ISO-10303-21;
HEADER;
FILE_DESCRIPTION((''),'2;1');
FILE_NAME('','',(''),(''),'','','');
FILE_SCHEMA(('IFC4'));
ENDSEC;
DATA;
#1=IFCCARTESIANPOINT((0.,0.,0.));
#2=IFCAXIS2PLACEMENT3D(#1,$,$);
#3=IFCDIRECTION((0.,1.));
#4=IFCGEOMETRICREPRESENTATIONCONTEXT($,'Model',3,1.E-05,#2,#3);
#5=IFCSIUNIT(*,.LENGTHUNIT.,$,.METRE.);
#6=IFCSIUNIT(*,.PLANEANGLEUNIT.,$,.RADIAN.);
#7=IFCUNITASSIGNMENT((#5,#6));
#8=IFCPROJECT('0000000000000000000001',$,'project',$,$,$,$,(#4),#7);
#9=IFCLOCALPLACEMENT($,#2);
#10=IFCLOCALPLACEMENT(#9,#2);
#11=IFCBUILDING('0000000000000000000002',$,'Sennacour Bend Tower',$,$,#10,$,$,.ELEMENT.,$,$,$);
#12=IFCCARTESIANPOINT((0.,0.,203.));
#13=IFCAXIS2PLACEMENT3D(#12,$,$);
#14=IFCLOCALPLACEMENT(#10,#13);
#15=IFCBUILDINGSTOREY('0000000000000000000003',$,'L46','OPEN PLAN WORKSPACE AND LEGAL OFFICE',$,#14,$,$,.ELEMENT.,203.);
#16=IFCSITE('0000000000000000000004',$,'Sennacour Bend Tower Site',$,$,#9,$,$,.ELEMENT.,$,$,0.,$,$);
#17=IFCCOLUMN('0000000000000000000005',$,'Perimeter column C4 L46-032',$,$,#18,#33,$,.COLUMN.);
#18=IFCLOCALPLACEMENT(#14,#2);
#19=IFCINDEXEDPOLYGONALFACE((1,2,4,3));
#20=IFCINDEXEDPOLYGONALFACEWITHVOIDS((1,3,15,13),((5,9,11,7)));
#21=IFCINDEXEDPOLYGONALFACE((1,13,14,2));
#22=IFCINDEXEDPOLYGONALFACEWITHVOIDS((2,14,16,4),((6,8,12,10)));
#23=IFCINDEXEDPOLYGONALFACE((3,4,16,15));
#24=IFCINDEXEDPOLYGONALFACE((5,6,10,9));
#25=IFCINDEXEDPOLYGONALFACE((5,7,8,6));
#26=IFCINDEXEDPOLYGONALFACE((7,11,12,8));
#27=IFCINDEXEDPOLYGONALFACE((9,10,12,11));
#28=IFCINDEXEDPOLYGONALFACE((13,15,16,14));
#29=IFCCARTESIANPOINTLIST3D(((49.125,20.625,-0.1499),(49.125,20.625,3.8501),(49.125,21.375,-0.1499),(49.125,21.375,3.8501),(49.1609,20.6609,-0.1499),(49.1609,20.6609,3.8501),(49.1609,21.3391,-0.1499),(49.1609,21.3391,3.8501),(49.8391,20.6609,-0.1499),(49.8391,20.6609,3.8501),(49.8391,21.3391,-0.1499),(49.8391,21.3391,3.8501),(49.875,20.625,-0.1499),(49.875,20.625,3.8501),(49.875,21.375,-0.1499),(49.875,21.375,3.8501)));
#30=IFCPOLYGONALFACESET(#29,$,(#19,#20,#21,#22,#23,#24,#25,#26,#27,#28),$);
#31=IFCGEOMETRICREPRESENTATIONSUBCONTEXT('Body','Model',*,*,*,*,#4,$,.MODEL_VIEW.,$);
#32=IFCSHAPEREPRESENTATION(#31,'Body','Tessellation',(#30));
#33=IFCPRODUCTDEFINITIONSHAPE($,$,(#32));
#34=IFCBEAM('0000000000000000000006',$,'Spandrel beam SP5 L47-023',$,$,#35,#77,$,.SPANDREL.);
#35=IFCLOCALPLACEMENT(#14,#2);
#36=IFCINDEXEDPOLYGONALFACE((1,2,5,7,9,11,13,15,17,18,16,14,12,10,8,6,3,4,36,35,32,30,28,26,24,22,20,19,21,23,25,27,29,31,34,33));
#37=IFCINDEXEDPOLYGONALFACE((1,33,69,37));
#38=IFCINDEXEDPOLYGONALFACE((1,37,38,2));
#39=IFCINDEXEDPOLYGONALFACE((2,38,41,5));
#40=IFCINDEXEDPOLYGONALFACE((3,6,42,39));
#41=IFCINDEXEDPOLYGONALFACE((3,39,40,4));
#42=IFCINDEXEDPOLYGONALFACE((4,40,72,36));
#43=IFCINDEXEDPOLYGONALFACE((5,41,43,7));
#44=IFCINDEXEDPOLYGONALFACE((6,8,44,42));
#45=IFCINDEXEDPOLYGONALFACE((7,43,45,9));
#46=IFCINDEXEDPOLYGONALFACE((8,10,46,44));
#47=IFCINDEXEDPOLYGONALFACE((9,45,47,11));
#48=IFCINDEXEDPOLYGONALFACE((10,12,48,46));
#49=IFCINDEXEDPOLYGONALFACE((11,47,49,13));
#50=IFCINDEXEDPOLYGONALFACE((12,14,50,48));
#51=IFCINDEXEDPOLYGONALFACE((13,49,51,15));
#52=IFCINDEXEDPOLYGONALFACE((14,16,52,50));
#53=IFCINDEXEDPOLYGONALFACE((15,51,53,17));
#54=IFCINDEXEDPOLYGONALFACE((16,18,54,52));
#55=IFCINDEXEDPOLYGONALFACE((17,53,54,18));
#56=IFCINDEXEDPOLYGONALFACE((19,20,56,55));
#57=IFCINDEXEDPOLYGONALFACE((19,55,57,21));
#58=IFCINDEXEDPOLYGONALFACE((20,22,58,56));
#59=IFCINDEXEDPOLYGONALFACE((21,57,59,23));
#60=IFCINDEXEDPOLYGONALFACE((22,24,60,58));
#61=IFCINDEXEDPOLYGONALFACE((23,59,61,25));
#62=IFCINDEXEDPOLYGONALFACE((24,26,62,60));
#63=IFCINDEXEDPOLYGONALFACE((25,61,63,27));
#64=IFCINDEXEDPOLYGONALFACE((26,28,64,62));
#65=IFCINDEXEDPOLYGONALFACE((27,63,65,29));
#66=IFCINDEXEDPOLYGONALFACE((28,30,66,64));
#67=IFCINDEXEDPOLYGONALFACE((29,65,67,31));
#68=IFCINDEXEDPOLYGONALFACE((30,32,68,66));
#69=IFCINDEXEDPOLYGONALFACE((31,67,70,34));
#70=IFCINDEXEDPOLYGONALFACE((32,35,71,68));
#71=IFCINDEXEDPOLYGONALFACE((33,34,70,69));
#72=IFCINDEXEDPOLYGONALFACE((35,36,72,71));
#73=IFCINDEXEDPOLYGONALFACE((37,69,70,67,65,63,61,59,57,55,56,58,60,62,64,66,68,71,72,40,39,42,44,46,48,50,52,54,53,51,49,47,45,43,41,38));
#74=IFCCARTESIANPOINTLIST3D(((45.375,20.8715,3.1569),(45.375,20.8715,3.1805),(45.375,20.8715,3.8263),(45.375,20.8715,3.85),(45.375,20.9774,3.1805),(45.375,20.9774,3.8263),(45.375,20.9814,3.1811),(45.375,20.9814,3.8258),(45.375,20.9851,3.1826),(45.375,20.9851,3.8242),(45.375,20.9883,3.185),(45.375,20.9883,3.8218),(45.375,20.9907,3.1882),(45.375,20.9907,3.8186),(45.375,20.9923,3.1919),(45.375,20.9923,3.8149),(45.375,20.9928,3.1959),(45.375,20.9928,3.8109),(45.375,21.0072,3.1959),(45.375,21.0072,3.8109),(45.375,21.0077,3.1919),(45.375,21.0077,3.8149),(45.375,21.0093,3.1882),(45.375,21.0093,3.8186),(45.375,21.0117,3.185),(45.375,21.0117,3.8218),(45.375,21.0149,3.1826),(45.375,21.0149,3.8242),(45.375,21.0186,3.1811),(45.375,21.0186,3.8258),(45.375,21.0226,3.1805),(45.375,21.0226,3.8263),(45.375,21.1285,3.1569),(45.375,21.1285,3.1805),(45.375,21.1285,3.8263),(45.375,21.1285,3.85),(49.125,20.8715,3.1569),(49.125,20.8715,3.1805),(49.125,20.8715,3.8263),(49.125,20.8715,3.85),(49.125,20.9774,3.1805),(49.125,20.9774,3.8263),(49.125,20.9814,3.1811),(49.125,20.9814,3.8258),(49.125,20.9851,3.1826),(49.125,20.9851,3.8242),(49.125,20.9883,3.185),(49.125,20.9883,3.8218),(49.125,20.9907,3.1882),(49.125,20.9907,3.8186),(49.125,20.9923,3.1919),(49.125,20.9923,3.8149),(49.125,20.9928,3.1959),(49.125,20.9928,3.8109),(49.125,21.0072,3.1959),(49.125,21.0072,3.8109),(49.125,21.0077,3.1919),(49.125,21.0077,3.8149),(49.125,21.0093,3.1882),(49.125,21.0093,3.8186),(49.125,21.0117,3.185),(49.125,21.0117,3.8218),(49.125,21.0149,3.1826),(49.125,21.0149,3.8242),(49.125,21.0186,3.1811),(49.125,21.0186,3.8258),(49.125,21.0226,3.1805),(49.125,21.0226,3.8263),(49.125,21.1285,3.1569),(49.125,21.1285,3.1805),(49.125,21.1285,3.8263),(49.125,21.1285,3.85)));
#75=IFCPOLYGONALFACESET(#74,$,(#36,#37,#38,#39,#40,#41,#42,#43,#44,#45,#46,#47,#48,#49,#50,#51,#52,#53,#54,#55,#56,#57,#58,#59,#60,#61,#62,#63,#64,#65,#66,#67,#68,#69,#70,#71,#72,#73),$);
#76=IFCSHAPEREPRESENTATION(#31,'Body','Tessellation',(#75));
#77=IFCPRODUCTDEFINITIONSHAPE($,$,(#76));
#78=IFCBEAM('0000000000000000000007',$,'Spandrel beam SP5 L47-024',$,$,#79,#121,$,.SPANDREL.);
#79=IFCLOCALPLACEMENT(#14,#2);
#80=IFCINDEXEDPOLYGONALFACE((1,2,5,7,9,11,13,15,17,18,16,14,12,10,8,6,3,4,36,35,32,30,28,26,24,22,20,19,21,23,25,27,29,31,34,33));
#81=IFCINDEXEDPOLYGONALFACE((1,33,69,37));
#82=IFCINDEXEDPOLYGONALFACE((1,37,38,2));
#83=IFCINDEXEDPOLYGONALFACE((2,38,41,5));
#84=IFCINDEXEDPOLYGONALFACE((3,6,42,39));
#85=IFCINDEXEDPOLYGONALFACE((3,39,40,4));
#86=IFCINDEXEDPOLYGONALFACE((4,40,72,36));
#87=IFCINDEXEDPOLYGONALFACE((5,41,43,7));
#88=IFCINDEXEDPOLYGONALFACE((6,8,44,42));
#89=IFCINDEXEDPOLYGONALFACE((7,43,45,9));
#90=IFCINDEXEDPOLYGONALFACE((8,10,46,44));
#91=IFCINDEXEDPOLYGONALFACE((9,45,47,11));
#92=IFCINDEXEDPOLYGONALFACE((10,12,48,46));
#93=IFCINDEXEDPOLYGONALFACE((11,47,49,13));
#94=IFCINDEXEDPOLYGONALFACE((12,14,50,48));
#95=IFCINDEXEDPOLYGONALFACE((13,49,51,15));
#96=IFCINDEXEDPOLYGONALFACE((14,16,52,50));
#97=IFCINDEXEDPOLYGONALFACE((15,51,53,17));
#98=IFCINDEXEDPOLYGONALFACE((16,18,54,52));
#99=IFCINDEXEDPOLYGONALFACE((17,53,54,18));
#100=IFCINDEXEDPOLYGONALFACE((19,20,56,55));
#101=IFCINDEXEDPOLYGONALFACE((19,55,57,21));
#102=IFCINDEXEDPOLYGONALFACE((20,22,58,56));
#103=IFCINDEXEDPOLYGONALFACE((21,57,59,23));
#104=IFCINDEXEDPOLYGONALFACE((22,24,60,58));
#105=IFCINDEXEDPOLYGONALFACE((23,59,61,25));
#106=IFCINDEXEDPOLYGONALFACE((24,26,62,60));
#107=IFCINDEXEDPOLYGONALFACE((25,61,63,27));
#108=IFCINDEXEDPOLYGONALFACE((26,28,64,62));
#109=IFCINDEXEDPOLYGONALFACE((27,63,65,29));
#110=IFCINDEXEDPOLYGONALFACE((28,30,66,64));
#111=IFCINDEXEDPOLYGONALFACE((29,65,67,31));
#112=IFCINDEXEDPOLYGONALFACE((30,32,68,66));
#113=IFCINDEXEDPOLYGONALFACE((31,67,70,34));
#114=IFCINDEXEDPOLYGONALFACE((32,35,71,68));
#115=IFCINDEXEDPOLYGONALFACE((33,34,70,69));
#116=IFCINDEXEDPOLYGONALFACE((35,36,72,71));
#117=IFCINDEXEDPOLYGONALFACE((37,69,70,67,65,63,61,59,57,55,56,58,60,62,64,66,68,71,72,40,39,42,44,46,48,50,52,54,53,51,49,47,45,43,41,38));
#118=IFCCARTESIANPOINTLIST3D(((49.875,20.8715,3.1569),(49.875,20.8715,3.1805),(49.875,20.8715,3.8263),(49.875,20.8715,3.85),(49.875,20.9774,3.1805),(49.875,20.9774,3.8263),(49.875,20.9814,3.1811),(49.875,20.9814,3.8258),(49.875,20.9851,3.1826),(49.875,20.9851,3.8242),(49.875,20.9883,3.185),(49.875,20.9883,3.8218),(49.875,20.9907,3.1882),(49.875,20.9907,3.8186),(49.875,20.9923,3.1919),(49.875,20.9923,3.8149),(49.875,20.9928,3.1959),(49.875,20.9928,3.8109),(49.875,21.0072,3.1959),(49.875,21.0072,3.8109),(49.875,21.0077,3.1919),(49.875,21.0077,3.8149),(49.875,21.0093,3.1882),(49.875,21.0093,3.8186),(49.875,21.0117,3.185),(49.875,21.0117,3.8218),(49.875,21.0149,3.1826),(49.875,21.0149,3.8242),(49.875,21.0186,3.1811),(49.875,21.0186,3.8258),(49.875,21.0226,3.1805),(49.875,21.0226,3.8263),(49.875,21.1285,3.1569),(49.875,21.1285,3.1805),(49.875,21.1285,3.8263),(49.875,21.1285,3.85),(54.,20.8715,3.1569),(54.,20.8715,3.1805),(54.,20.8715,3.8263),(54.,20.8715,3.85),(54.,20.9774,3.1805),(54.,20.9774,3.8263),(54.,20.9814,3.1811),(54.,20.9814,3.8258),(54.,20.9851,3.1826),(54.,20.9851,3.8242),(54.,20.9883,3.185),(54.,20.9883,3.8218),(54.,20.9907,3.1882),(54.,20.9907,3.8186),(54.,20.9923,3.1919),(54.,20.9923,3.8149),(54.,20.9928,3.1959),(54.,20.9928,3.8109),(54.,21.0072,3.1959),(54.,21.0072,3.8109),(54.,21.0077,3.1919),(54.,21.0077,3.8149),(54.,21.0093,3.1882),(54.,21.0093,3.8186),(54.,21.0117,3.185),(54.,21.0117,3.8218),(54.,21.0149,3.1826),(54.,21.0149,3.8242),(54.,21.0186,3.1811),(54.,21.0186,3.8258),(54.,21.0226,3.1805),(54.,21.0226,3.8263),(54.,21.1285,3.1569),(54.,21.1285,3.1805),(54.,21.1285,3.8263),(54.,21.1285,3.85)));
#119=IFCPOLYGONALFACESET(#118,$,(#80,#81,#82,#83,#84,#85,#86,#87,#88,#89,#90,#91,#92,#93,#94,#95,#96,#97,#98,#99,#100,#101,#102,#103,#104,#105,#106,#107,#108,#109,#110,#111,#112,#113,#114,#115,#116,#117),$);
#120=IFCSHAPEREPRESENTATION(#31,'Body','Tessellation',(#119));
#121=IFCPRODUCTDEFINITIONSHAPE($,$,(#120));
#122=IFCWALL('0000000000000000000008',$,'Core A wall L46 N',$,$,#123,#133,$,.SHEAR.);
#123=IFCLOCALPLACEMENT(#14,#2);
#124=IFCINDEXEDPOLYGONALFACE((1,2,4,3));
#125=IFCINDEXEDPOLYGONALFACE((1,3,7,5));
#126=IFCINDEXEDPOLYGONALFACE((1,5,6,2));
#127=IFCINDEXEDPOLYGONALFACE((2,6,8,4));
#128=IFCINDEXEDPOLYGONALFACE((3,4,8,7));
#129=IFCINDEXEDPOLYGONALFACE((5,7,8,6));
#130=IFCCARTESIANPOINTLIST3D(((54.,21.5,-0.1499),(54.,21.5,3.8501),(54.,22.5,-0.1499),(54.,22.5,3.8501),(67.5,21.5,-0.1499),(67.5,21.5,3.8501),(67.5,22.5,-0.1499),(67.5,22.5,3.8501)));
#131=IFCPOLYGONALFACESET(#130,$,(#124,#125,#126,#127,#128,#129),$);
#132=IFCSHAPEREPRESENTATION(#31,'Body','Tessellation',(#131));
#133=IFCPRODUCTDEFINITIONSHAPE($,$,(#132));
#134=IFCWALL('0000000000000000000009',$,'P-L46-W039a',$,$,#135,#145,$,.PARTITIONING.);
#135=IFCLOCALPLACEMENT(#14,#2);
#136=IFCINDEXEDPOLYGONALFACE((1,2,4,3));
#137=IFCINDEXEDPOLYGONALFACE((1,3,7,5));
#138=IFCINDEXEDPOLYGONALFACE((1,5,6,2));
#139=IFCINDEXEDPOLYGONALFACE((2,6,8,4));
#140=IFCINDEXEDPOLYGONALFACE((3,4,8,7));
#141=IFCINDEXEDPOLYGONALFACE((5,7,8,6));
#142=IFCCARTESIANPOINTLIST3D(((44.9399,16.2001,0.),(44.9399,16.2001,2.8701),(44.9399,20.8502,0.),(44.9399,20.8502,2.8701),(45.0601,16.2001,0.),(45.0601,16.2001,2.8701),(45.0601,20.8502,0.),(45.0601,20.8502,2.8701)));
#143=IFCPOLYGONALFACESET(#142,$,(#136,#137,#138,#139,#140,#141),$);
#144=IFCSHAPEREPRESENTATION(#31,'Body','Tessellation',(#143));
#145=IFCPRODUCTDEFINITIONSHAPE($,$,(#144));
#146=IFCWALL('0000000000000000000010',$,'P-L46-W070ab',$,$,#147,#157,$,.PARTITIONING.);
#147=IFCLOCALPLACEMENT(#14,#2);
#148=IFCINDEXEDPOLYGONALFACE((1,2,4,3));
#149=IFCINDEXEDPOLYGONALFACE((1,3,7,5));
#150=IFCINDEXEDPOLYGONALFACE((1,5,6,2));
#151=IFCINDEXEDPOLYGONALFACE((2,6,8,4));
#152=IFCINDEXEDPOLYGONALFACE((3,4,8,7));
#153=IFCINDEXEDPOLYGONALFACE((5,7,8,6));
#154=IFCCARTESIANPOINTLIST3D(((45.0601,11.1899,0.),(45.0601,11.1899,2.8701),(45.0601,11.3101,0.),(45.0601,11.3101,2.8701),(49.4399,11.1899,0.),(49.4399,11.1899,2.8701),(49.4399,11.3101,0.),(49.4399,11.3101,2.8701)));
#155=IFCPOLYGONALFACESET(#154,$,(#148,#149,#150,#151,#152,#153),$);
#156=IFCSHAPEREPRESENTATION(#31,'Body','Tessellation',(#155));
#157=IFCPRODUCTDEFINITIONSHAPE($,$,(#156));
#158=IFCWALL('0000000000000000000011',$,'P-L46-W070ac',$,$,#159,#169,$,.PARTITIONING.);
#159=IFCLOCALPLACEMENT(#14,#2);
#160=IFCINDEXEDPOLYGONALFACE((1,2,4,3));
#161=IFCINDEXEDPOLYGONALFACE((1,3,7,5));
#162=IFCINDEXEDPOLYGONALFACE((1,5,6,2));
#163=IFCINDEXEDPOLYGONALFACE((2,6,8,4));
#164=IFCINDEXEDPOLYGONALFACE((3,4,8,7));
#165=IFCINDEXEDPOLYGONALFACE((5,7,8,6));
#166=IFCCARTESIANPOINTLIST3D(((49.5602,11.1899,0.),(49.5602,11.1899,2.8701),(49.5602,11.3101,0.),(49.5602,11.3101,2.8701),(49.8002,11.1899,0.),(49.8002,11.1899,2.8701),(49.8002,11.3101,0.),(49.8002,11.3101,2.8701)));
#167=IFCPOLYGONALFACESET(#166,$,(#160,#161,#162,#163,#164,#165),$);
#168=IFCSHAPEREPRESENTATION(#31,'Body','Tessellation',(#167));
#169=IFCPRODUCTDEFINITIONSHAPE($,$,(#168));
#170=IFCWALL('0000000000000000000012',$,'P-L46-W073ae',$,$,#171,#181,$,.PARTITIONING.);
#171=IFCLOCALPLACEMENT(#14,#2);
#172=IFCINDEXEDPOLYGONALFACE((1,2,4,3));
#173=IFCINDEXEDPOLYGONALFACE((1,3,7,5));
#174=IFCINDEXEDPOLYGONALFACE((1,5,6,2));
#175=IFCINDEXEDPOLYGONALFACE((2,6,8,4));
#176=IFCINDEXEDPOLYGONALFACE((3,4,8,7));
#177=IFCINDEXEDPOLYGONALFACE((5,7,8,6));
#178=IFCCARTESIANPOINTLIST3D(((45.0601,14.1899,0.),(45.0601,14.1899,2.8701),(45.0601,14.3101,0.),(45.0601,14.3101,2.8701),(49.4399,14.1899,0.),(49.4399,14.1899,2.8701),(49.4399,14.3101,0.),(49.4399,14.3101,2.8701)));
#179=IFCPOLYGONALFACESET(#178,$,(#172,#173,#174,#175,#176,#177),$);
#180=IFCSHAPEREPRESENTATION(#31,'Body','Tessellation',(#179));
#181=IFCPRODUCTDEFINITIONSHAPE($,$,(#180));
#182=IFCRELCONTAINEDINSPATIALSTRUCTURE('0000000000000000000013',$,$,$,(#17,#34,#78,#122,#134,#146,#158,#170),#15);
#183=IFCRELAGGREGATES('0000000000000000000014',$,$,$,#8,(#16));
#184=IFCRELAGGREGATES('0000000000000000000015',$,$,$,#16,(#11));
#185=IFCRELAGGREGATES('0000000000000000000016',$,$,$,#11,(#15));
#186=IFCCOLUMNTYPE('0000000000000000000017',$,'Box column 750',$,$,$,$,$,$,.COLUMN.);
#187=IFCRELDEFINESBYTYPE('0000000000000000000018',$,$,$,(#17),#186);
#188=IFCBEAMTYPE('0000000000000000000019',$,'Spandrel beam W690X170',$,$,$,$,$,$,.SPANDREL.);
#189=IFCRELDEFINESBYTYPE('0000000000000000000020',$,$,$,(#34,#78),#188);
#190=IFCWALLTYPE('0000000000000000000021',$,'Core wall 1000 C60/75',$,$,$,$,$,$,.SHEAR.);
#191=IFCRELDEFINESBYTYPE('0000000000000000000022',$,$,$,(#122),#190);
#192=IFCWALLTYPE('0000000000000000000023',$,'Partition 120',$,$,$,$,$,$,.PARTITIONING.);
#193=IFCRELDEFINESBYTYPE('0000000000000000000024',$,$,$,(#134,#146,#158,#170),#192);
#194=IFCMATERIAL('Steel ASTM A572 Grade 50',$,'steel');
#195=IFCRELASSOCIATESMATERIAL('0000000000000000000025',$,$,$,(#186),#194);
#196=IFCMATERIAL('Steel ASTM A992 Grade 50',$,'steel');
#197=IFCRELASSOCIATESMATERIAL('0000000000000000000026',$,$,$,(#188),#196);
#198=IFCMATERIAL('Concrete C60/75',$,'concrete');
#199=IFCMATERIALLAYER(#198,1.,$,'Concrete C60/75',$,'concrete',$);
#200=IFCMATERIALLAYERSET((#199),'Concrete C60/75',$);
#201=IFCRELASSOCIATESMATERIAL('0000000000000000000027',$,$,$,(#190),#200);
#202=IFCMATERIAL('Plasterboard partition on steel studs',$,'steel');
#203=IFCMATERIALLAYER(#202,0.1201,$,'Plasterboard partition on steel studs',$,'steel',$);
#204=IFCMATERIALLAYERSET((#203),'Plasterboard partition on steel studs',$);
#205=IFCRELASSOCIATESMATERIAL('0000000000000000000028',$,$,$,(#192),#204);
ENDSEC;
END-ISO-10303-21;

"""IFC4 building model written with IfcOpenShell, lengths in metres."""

from ifc_helpers import new_model, si_unit, direction, frame, frame_2d, origin, origin_2d, place, context, subcontext, project, spatial, rectangle, hollow_rectangle, i_section, extrude, material, layer, layer_set, material_profile, profile_set, type_object, element, save


model = new_model("IFC4")

# Units and contexts
model_context = context("Model", 3, precision=1e-05, world=origin(), true_north=direction((0.0, 1.0)))
body_context = subcontext(model_context, "Body", "Model", "MODEL_VIEW")
ifc_project = project(units=[si_unit("LENGTHUNIT", "METRE"), si_unit("PLANEANGLEUNIT", "RADIAN")], contexts=[model_context])

# Site, building, storey
site_placement = place(None, origin())
site = spatial("IfcSite", under=ifc_project, at=site_placement, Name="Sennacour Bend Tower Site", CompositionType="ELEMENT", RefElevation=0.0)
building_placement = place(site_placement, origin())
building = spatial("IfcBuilding", under=site, at=building_placement, Name="Sennacour Bend Tower", CompositionType="ELEMENT")
storey_placement = place(building_placement, frame((0.0, 0.0, 203.0)))
storey = spatial("IfcBuildingStorey", under=building, at=storey_placement, Name="L46", Description="OPEN PLAN WORKSPACE AND LEGAL OFFICE", CompositionType="ELEMENT", Elevation=203.0)

# Column
ifc_material_1 = material(Name="Steel ASTM A572 Grade 50", Category="steel")
ifc_material_profile_1 = material_profile(ifc_material_1, hollow_rectangle(XDim=0.75, YDim=0.75, WallThickness=0.0359, at=origin_2d()), Name="Steel ASTM A572 Grade 50", Category="steel")
ifc_profile_set_1 = profile_set([ifc_material_profile_1], Name="Steel ASTM A572 Grade 50")
column_type = type_object("IfcColumnType", Name="Box column 750", PredefinedType="COLUMN", material=ifc_profile_set_1)
column_placement = place(storey_placement, frame((49.5, 21.0, -0.1499), z_axis=(0.0, 0.0, 1.0), x_axis=(1.0, 0.0, 0.0)))
element("IfcColumn", 1, at=column_placement, inside=storey, type_object=column_type, Name="Perimeter column C4 L46-032", PredefinedType="COLUMN", context=body_context, shape_type="SweptSolid", body=[
    extrude(hollow_rectangle(XDim=0.75, YDim=0.75, WallThickness=0.0359, at=origin_2d()), origin(), (0.0, 0.0, 1.0), 4.0),
])

# Beams
ifc_material_2 = material(Name="Steel ASTM A992 Grade 50", Category="steel")
ifc_material_profile_2 = material_profile(ifc_material_2, i_section(OverallWidth=0.2571, OverallDepth=0.6931, WebThickness=0.0144, FlangeThickness=0.0237, FilletRadius=0.0154, at=origin_2d()), Name="Steel ASTM A992 Grade 50", Category="steel")
ifc_profile_set_2 = profile_set([ifc_material_profile_2], Name="Steel ASTM A992 Grade 50")
beam_type = type_object("IfcBeamType", Name="Spandrel beam W690X170", PredefinedType="SPANDREL", material=ifc_profile_set_2)
beam_1_placement = place(storey_placement, frame((45.375, 21.0, 3.5034), z_axis=(1.0, 0.0, 0.0), x_axis=(0.0, 1.0, 0.0)))
element("IfcBeam", 2, at=beam_1_placement, inside=storey, type_object=beam_type, Name="Spandrel beam SP5 L47-023", PredefinedType="SPANDREL", context=body_context, shape_type="SweptSolid", body=[
    extrude(i_section(OverallWidth=0.2571, OverallDepth=0.6931, WebThickness=0.0144, FlangeThickness=0.0237, FilletRadius=0.0154, at=origin_2d()), origin(), (0.0, 0.0, 1.0), 3.75),
])
beam_2_placement = place(storey_placement, frame((49.875, 21.0, 3.5034), z_axis=(1.0, 0.0, 0.0), x_axis=(0.0, 1.0, 0.0)))
element("IfcBeam", 3, at=beam_2_placement, inside=storey, type_object=beam_type, Name="Spandrel beam SP5 L47-024", PredefinedType="SPANDREL", context=body_context, shape_type="SweptSolid", body=[
    extrude(i_section(OverallWidth=0.2571, OverallDepth=0.6931, WebThickness=0.0144, FlangeThickness=0.0237, FilletRadius=0.0154, at=origin_2d()), origin(), (0.0, 0.0, 1.0), 4.125),
])

# Walls
ifc_material_3 = material(Name="Concrete C60/75", Category="concrete")
ifc_layer_1 = layer(ifc_material_3, 1.0, Name="Concrete C60/75", Category="concrete")
ifc_layer_set_1 = layer_set([ifc_layer_1], Name="Concrete C60/75")
wall_type_1 = type_object("IfcWallType", Name="Core wall 1000 C60/75", PredefinedType="SHEAR", material=ifc_layer_set_1)
wall_1_placement = place(storey_placement, frame((54.0, 22.0, -0.1499), z_axis=(0.0, 0.0, 1.0), x_axis=(1.0, 0.0, 0.0)))
element("IfcWall", 4, at=wall_1_placement, inside=storey, type_object=wall_type_1, Name="Core A wall L46 N", PredefinedType="SHEAR", context=body_context, shape_type="SweptSolid", body=[
    extrude(rectangle(XDim=13.5, YDim=1.0, at=frame_2d((6.75, 0.0))), origin(), (0.0, 0.0, 1.0), 4.0),
])
ifc_material_4 = material(Name="Plasterboard partition on steel studs", Category="steel")
ifc_layer_2 = layer(ifc_material_4, 0.1201, Name="Plasterboard partition on steel studs", Category="steel")
ifc_layer_set_2 = layer_set([ifc_layer_2], Name="Plasterboard partition on steel studs")
wall_type_2 = type_object("IfcWallType", Name="Partition 120", PredefinedType="PARTITIONING", material=ifc_layer_set_2)
wall_2_placement = place(storey_placement, frame((45.0, 16.2, 0.0), z_axis=(0.0, 0.0, 1.0), x_axis=(0.0, 1.0, 0.0)))
element("IfcWall", 5, at=wall_2_placement, inside=storey, type_object=wall_type_2, Name="P-L46-W039a", PredefinedType="PARTITIONING", context=body_context, shape_type="SweptSolid", body=[
    extrude(rectangle(XDim=4.6501, YDim=0.1201, at=frame_2d((2.3252, 0.0))), origin(), (0.0, 0.0, 1.0), 2.8701),
])
wall_3_placement = place(storey_placement, frame((45.0601, 11.25, 0.0), z_axis=(0.0, 0.0, 1.0), x_axis=(1.0, 0.0, 0.0)))
element("IfcWall", 6, at=wall_3_placement, inside=storey, type_object=wall_type_2, Name="P-L46-W070ab", PredefinedType="PARTITIONING", context=body_context, shape_type="SweptSolid", body=[
    extrude(rectangle(XDim=4.3799, YDim=0.1201, at=frame_2d((2.1899, 0.0))), origin(), (0.0, 0.0, 1.0), 2.8701),
])
wall_4_placement = place(storey_placement, frame((49.5601, 11.25, 0.0), z_axis=(0.0, 0.0, 1.0), x_axis=(1.0, 0.0, 0.0)))
element("IfcWall", 7, at=wall_4_placement, inside=storey, type_object=wall_type_2, Name="P-L46-W070ac", PredefinedType="PARTITIONING", context=body_context, shape_type="SweptSolid", body=[
    extrude(rectangle(XDim=0.24, YDim=0.1201, at=frame_2d((0.1201, 0.0))), origin(), (0.0, 0.0, 1.0), 2.8701),
])
wall_5_placement = place(storey_placement, frame((45.0601, 14.25, 0.0), z_axis=(0.0, 0.0, 1.0), x_axis=(1.0, 0.0, 0.0)))
element("IfcWall", 8, at=wall_5_placement, inside=storey, type_object=wall_type_2, Name="P-L46-W073ae", PredefinedType="PARTITIONING", context=body_context, shape_type="SweptSolid", body=[
    extrude(rectangle(XDim=4.3799, YDim=0.1201, at=frame_2d((2.1899, 0.0))), origin(), (0.0, 0.0, 1.0), 2.8701),
])

save(model, "model.ifc")
